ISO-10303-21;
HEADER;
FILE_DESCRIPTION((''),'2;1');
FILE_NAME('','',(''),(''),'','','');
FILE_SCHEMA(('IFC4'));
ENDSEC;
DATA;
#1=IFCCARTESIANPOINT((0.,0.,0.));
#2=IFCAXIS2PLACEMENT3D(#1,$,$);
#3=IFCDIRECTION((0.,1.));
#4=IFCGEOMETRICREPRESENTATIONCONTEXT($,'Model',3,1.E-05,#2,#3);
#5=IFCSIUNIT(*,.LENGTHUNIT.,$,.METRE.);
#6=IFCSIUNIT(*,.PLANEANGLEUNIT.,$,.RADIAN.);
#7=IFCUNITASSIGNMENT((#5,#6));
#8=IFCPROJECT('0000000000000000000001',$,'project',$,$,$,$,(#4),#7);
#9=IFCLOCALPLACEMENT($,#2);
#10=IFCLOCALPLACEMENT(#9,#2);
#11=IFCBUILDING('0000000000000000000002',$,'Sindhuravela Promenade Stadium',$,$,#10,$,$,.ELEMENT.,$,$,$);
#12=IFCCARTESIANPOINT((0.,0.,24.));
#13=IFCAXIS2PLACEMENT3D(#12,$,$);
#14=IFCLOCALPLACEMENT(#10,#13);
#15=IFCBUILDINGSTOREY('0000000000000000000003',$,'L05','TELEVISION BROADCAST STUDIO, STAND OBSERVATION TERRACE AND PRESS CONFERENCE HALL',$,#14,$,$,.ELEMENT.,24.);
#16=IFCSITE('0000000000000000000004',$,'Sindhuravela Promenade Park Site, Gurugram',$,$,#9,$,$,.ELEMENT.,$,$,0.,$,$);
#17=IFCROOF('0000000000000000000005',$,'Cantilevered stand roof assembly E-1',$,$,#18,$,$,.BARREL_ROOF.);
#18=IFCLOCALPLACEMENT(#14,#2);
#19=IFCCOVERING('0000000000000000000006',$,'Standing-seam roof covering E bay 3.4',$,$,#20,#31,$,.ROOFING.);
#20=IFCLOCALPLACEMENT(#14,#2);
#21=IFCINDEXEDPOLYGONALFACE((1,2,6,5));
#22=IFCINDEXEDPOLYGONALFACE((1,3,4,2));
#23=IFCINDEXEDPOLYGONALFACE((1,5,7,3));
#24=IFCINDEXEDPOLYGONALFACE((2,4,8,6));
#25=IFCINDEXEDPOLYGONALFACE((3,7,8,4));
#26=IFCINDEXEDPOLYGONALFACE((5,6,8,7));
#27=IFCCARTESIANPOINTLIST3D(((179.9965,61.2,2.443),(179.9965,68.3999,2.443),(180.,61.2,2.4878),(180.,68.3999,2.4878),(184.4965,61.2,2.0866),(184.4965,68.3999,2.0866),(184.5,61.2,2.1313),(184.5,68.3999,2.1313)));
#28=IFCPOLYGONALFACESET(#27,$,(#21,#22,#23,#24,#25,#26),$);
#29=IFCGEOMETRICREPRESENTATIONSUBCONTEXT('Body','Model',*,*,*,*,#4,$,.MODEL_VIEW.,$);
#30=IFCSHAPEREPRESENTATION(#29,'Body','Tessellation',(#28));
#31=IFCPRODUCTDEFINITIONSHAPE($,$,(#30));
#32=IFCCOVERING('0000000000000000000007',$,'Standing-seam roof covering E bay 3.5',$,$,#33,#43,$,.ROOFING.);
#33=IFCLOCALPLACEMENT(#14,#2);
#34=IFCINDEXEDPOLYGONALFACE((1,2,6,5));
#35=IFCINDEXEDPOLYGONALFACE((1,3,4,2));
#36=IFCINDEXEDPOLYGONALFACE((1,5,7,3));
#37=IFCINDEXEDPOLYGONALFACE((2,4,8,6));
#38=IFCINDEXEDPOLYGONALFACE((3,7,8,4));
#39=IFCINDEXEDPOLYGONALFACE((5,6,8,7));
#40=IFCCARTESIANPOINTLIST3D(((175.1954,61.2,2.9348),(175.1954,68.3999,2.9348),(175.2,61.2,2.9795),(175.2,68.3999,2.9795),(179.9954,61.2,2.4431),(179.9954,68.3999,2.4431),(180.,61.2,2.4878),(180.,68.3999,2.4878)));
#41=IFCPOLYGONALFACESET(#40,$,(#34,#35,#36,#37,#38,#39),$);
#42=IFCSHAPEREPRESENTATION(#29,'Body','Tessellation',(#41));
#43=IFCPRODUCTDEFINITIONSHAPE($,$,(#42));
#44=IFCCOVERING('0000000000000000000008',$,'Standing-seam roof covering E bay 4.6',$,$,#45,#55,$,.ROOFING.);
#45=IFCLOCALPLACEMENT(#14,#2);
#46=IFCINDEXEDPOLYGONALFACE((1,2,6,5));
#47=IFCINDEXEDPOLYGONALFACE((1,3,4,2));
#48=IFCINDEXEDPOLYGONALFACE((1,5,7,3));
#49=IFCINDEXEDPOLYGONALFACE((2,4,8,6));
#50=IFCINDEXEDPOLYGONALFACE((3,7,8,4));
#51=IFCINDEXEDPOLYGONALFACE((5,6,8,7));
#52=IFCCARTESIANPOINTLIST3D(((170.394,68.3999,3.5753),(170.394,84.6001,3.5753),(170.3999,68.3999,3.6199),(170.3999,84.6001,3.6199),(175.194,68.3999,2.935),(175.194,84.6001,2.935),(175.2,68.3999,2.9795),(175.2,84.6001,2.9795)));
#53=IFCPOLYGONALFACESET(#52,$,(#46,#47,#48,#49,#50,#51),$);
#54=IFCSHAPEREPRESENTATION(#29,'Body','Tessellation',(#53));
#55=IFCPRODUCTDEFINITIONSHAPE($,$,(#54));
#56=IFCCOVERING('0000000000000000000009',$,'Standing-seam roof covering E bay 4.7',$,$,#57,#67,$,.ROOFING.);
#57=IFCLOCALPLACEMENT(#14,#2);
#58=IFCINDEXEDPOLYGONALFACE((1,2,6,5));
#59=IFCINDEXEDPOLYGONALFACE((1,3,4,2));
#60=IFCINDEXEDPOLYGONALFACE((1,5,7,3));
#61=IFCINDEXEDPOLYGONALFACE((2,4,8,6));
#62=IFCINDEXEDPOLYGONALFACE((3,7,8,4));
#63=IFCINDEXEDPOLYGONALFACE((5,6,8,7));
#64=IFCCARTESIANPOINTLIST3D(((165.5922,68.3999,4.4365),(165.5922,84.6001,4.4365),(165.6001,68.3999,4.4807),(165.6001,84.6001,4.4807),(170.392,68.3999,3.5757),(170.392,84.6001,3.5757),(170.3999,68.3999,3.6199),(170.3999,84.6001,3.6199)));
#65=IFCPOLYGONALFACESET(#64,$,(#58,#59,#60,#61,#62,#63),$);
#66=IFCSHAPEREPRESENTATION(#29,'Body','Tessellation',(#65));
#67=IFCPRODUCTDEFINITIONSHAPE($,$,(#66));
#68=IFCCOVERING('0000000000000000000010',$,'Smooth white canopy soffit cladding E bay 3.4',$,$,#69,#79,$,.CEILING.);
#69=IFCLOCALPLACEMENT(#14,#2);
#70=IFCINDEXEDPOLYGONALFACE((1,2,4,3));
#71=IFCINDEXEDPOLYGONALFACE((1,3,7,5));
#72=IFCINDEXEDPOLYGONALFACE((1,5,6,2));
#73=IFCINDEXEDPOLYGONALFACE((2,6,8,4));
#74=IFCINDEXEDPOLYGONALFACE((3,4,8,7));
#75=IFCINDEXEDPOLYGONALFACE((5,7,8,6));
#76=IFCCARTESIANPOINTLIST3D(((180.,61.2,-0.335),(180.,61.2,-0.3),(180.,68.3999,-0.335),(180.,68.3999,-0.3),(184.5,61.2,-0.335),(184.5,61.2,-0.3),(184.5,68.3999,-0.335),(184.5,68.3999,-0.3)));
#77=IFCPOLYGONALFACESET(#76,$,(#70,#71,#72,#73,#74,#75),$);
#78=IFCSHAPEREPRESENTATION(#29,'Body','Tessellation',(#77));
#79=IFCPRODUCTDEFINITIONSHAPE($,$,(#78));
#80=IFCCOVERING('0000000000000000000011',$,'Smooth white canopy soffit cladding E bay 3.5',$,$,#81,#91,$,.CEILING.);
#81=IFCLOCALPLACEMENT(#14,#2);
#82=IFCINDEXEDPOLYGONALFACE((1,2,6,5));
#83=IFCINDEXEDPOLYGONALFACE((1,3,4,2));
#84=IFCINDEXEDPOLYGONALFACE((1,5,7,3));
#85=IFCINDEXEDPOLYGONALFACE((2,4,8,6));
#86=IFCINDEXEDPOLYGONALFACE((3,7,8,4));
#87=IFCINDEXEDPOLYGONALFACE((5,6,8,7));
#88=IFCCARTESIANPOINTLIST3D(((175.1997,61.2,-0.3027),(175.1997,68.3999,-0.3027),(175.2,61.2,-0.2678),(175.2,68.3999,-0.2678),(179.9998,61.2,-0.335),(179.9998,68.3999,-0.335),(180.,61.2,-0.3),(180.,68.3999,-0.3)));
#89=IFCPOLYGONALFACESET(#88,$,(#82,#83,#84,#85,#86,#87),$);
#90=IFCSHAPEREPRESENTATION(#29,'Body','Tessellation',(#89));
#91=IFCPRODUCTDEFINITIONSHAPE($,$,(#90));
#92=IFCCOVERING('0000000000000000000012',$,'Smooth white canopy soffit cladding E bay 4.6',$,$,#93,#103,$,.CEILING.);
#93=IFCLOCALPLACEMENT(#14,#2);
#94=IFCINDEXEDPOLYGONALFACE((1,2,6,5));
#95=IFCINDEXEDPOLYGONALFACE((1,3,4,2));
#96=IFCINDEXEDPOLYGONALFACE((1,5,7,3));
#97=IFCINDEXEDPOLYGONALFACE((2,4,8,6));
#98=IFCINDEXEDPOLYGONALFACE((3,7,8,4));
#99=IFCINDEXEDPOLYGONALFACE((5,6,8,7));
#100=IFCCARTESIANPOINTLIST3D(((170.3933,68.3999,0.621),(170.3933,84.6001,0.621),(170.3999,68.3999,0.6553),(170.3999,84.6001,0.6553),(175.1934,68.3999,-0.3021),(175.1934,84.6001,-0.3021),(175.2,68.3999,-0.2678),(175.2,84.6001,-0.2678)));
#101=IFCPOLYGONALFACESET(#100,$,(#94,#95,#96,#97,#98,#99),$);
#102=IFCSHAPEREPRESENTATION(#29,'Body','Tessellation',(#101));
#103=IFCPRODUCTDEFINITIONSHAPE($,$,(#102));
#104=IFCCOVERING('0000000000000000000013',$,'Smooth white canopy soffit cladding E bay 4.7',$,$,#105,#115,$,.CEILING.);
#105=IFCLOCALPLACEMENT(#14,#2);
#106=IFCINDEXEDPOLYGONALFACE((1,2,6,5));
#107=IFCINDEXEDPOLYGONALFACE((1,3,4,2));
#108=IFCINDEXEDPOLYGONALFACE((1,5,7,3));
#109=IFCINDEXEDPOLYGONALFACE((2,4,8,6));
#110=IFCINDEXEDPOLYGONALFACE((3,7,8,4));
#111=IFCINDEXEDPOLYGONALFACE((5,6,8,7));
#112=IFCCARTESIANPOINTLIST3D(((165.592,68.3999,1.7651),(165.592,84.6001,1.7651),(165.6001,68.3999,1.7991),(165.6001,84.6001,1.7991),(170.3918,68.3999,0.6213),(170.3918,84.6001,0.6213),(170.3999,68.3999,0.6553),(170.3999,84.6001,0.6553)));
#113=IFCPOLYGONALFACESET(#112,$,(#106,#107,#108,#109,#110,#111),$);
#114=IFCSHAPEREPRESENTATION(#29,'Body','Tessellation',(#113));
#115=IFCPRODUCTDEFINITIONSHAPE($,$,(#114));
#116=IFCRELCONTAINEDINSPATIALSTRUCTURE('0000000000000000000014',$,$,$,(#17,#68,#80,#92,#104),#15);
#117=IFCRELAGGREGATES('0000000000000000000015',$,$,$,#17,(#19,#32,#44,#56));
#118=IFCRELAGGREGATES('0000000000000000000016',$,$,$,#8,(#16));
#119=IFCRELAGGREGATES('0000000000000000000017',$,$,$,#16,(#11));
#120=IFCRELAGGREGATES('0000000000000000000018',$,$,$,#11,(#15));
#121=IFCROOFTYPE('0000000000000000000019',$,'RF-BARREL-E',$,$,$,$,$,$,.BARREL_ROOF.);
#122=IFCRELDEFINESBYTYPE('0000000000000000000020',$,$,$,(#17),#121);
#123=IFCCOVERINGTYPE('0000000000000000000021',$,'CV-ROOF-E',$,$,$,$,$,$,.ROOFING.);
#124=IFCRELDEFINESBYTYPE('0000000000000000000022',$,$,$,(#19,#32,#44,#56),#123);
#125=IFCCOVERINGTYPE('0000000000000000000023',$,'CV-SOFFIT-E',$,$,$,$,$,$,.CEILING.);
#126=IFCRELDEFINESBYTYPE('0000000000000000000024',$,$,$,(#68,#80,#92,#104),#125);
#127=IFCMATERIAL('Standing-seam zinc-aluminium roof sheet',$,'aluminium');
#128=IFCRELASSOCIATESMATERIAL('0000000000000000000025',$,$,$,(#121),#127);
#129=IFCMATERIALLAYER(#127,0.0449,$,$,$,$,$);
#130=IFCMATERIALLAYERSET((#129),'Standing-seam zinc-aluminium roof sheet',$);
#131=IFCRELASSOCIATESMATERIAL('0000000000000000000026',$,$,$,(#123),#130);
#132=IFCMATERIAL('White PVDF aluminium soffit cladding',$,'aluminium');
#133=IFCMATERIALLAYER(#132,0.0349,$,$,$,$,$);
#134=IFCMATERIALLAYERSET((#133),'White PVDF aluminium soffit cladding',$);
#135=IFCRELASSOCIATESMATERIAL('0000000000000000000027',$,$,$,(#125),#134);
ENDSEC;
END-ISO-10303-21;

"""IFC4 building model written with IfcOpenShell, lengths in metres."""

from ifc_helpers import new_model, si_unit, direction, frame, origin, place, context, subcontext, project, spatial, polyline, outline, extrude, material, layer, layer_set, type_object, element, aggregate, save


model = new_model("IFC4")

# Units and contexts
model_context = context("Model", 3, precision=1e-05, world=origin(), true_north=direction((0.0, 1.0)))
body_context = subcontext(model_context, "Body", "Model", "MODEL_VIEW")
ifc_project = project(units=[si_unit("LENGTHUNIT", "METRE"), si_unit("PLANEANGLEUNIT", "RADIAN")], contexts=[model_context])

# Site, building, storey
site_placement = place(None, origin())
site = spatial("IfcSite", under=ifc_project, at=site_placement, Name="Sindhuravela Promenade Park Site, Gurugram", CompositionType="ELEMENT", RefElevation=0.0)
building_placement = place(site_placement, origin())
building = spatial("IfcBuilding", under=site, at=building_placement, Name="Sindhuravela Promenade Stadium", CompositionType="ELEMENT")
storey_placement = place(building_placement, frame((0.0, 0.0, 24.0)))
storey = spatial("IfcBuildingStorey", under=building, at=storey_placement, Name="L05", Description="TELEVISION BROADCAST STUDIO, STAND OBSERVATION TERRACE AND PRESS CONFERENCE HALL", CompositionType="ELEMENT", Elevation=24.0)

# Roof, coverings
ifc_material_1 = material(Name="Standing-seam zinc-aluminium roof sheet", Category="aluminium")
roof_type = type_object("IfcRoofType", Name="RF-BARREL-E", PredefinedType="BARREL_ROOF", material=ifc_material_1)
roof_placement = place(storey_placement, origin())
roof = element("IfcRoof", 1, at=roof_placement, inside=storey, type_object=roof_type, Name="Cantilevered stand roof assembly E-1", PredefinedType="BARREL_ROOF")
ifc_layer_1 = layer(ifc_material_1, 0.0449)
ifc_layer_set_1 = layer_set([ifc_layer_1], Name="Standing-seam zinc-aluminium roof sheet")
covering_type_1 = type_object("IfcCoveringType", Name="CV-ROOF-E", PredefinedType="ROOFING", material=ifc_layer_set_1)
covering_1_placement = place(storey_placement, frame((184.5, 61.2, 2.1313), z_axis=(0.078963, 0.0, 0.996878), x_axis=(0.0, 1.0, 0.0)))
covering_1 = element("IfcCovering", 2, at=covering_1_placement, type_object=covering_type_1, Name="Standing-seam roof covering E bay 3.4", PredefinedType="ROOFING", context=body_context, shape_type="SweptSolid", body=[
    extrude(outline(polyline([(0.0, 0.0), (7.2, 0.0), (7.2, 4.5141), (0.0, 4.5141), (0.0, 0.0)])), origin(), (0.0, 0.0, -1.0), 0.0449),
])
covering_2_placement = place(storey_placement, frame((180.0, 61.2, 2.4878), z_axis=(0.101903, 0.0, 0.994794), x_axis=(0.0, 1.0, 0.0)))
covering_2 = element("IfcCovering", 3, at=covering_2_placement, type_object=covering_type_1, Name="Standing-seam roof covering E bay 3.5", PredefinedType="ROOFING", context=body_context, shape_type="SweptSolid", body=[
    extrude(outline(polyline([(0.0, 0.0), (7.2, 0.0), (7.2, 4.8252), (0.0, 4.8252), (0.0, 0.0)])), origin(), (0.0, 0.0, -1.0), 0.0449),
])
covering_3_placement = place(storey_placement, frame((175.2, 68.3999, 2.9795), z_axis=(0.13224, 0.0, 0.991218), x_axis=(0.0, 1.0, 0.0)))
covering_3 = element("IfcCovering", 4, at=covering_3_placement, type_object=covering_type_1, Name="Standing-seam roof covering E bay 4.6", PredefinedType="ROOFING", context=body_context, shape_type="SweptSolid", body=[
    extrude(outline(polyline([(0.0, 0.0), (16.2002, 0.0), (16.2002, 4.8426), (0.0, 4.8426), (0.0, 0.0)])), origin(), (0.0, 0.0, -1.0), 0.0449),
])
covering_4_placement = place(storey_placement, frame((170.3999, 68.3999, 3.6199), z_axis=(0.176532, 0.0, 0.984295), x_axis=(0.0, 1.0, 0.0)))
covering_4 = element("IfcCovering", 5, at=covering_4_placement, type_object=covering_type_1, Name="Standing-seam roof covering E bay 4.7", PredefinedType="ROOFING", context=body_context, shape_type="SweptSolid", body=[
    extrude(outline(polyline([(0.0, 0.0), (16.2002, 0.0), (16.2002, 4.8764), (0.0, 4.8764), (0.0, 0.0)])), origin(), (0.0, 0.0, -1.0), 0.0449),
])
aggregate(roof, [covering_1, covering_2, covering_3, covering_4])

# Coverings
ifc_material_2 = material(Name="White PVDF aluminium soffit cladding", Category="aluminium")
ifc_layer_2 = layer(ifc_material_2, 0.0349)
ifc_layer_set_2 = layer_set([ifc_layer_2], Name="White PVDF aluminium soffit cladding")
covering_type_2 = type_object("IfcCoveringType", Name="CV-SOFFIT-E", PredefinedType="CEILING", material=ifc_layer_set_2)
covering_5_placement = place(storey_placement, frame((184.5, 61.2, -0.3), z_axis=(0.0, 0.0, 1.0), x_axis=(0.0, 1.0, 0.0)))
element("IfcCovering", 6, at=covering_5_placement, inside=storey, type_object=covering_type_2, Name="Smooth white canopy soffit cladding E bay 3.4", PredefinedType="CEILING", context=body_context, shape_type="SweptSolid", body=[
    extrude(outline(polyline([(0.0, 0.0), (7.2, 0.0), (7.2, 4.5), (0.0, 4.5), (0.0, 0.0)])), origin(), (0.0, 0.0, -1.0), 0.0349),
])
covering_6_placement = place(storey_placement, frame((180.0, 61.2, -0.3), z_axis=(0.006714, 0.0, 0.999977), x_axis=(0.0, 1.0, 0.0)))
element("IfcCovering", 7, at=covering_6_placement, inside=storey, type_object=covering_type_2, Name="Smooth white canopy soffit cladding E bay 3.5", PredefinedType="CEILING", context=body_context, shape_type="SweptSolid", body=[
    extrude(outline(polyline([(0.0, 0.0), (7.2, 0.0), (7.2, 4.8002), (0.0, 4.8002), (0.0, 0.0)])), origin(), (0.0, 0.0, -1.0), 0.0349),
])
covering_7_placement = place(storey_placement, frame((175.2, 68.3999, -0.2678), z_axis=(0.188849, 0.0, 0.982006), x_axis=(0.0, 1.0, 0.0)))
element("IfcCovering", 8, at=covering_7_placement, inside=storey, type_object=covering_type_2, Name="Smooth white canopy soffit cladding E bay 4.6", PredefinedType="CEILING", context=body_context, shape_type="SweptSolid", body=[
    extrude(outline(polyline([(0.0, 0.0), (16.2002, 0.0), (16.2002, 4.888), (0.0, 4.888), (0.0, 0.0)])), origin(), (0.0, 0.0, -1.0), 0.0349),
])
covering_8_placement = place(storey_placement, frame((170.3999, 68.3999, 0.6553), z_axis=(0.23181, 0.0, 0.972761), x_axis=(0.0, 1.0, 0.0)))
element("IfcCovering", 9, at=covering_8_placement, inside=storey, type_object=covering_type_2, Name="Smooth white canopy soffit cladding E bay 4.7", PredefinedType="CEILING", context=body_context, shape_type="SweptSolid", body=[
    extrude(outline(polyline([(0.0, 0.0), (16.2002, 0.0), (16.2002, 4.9342), (0.0, 4.9342), (0.0, 0.0)])), origin(), (0.0, 0.0, -1.0), 0.0349),
])

save(model, "model.ifc")
